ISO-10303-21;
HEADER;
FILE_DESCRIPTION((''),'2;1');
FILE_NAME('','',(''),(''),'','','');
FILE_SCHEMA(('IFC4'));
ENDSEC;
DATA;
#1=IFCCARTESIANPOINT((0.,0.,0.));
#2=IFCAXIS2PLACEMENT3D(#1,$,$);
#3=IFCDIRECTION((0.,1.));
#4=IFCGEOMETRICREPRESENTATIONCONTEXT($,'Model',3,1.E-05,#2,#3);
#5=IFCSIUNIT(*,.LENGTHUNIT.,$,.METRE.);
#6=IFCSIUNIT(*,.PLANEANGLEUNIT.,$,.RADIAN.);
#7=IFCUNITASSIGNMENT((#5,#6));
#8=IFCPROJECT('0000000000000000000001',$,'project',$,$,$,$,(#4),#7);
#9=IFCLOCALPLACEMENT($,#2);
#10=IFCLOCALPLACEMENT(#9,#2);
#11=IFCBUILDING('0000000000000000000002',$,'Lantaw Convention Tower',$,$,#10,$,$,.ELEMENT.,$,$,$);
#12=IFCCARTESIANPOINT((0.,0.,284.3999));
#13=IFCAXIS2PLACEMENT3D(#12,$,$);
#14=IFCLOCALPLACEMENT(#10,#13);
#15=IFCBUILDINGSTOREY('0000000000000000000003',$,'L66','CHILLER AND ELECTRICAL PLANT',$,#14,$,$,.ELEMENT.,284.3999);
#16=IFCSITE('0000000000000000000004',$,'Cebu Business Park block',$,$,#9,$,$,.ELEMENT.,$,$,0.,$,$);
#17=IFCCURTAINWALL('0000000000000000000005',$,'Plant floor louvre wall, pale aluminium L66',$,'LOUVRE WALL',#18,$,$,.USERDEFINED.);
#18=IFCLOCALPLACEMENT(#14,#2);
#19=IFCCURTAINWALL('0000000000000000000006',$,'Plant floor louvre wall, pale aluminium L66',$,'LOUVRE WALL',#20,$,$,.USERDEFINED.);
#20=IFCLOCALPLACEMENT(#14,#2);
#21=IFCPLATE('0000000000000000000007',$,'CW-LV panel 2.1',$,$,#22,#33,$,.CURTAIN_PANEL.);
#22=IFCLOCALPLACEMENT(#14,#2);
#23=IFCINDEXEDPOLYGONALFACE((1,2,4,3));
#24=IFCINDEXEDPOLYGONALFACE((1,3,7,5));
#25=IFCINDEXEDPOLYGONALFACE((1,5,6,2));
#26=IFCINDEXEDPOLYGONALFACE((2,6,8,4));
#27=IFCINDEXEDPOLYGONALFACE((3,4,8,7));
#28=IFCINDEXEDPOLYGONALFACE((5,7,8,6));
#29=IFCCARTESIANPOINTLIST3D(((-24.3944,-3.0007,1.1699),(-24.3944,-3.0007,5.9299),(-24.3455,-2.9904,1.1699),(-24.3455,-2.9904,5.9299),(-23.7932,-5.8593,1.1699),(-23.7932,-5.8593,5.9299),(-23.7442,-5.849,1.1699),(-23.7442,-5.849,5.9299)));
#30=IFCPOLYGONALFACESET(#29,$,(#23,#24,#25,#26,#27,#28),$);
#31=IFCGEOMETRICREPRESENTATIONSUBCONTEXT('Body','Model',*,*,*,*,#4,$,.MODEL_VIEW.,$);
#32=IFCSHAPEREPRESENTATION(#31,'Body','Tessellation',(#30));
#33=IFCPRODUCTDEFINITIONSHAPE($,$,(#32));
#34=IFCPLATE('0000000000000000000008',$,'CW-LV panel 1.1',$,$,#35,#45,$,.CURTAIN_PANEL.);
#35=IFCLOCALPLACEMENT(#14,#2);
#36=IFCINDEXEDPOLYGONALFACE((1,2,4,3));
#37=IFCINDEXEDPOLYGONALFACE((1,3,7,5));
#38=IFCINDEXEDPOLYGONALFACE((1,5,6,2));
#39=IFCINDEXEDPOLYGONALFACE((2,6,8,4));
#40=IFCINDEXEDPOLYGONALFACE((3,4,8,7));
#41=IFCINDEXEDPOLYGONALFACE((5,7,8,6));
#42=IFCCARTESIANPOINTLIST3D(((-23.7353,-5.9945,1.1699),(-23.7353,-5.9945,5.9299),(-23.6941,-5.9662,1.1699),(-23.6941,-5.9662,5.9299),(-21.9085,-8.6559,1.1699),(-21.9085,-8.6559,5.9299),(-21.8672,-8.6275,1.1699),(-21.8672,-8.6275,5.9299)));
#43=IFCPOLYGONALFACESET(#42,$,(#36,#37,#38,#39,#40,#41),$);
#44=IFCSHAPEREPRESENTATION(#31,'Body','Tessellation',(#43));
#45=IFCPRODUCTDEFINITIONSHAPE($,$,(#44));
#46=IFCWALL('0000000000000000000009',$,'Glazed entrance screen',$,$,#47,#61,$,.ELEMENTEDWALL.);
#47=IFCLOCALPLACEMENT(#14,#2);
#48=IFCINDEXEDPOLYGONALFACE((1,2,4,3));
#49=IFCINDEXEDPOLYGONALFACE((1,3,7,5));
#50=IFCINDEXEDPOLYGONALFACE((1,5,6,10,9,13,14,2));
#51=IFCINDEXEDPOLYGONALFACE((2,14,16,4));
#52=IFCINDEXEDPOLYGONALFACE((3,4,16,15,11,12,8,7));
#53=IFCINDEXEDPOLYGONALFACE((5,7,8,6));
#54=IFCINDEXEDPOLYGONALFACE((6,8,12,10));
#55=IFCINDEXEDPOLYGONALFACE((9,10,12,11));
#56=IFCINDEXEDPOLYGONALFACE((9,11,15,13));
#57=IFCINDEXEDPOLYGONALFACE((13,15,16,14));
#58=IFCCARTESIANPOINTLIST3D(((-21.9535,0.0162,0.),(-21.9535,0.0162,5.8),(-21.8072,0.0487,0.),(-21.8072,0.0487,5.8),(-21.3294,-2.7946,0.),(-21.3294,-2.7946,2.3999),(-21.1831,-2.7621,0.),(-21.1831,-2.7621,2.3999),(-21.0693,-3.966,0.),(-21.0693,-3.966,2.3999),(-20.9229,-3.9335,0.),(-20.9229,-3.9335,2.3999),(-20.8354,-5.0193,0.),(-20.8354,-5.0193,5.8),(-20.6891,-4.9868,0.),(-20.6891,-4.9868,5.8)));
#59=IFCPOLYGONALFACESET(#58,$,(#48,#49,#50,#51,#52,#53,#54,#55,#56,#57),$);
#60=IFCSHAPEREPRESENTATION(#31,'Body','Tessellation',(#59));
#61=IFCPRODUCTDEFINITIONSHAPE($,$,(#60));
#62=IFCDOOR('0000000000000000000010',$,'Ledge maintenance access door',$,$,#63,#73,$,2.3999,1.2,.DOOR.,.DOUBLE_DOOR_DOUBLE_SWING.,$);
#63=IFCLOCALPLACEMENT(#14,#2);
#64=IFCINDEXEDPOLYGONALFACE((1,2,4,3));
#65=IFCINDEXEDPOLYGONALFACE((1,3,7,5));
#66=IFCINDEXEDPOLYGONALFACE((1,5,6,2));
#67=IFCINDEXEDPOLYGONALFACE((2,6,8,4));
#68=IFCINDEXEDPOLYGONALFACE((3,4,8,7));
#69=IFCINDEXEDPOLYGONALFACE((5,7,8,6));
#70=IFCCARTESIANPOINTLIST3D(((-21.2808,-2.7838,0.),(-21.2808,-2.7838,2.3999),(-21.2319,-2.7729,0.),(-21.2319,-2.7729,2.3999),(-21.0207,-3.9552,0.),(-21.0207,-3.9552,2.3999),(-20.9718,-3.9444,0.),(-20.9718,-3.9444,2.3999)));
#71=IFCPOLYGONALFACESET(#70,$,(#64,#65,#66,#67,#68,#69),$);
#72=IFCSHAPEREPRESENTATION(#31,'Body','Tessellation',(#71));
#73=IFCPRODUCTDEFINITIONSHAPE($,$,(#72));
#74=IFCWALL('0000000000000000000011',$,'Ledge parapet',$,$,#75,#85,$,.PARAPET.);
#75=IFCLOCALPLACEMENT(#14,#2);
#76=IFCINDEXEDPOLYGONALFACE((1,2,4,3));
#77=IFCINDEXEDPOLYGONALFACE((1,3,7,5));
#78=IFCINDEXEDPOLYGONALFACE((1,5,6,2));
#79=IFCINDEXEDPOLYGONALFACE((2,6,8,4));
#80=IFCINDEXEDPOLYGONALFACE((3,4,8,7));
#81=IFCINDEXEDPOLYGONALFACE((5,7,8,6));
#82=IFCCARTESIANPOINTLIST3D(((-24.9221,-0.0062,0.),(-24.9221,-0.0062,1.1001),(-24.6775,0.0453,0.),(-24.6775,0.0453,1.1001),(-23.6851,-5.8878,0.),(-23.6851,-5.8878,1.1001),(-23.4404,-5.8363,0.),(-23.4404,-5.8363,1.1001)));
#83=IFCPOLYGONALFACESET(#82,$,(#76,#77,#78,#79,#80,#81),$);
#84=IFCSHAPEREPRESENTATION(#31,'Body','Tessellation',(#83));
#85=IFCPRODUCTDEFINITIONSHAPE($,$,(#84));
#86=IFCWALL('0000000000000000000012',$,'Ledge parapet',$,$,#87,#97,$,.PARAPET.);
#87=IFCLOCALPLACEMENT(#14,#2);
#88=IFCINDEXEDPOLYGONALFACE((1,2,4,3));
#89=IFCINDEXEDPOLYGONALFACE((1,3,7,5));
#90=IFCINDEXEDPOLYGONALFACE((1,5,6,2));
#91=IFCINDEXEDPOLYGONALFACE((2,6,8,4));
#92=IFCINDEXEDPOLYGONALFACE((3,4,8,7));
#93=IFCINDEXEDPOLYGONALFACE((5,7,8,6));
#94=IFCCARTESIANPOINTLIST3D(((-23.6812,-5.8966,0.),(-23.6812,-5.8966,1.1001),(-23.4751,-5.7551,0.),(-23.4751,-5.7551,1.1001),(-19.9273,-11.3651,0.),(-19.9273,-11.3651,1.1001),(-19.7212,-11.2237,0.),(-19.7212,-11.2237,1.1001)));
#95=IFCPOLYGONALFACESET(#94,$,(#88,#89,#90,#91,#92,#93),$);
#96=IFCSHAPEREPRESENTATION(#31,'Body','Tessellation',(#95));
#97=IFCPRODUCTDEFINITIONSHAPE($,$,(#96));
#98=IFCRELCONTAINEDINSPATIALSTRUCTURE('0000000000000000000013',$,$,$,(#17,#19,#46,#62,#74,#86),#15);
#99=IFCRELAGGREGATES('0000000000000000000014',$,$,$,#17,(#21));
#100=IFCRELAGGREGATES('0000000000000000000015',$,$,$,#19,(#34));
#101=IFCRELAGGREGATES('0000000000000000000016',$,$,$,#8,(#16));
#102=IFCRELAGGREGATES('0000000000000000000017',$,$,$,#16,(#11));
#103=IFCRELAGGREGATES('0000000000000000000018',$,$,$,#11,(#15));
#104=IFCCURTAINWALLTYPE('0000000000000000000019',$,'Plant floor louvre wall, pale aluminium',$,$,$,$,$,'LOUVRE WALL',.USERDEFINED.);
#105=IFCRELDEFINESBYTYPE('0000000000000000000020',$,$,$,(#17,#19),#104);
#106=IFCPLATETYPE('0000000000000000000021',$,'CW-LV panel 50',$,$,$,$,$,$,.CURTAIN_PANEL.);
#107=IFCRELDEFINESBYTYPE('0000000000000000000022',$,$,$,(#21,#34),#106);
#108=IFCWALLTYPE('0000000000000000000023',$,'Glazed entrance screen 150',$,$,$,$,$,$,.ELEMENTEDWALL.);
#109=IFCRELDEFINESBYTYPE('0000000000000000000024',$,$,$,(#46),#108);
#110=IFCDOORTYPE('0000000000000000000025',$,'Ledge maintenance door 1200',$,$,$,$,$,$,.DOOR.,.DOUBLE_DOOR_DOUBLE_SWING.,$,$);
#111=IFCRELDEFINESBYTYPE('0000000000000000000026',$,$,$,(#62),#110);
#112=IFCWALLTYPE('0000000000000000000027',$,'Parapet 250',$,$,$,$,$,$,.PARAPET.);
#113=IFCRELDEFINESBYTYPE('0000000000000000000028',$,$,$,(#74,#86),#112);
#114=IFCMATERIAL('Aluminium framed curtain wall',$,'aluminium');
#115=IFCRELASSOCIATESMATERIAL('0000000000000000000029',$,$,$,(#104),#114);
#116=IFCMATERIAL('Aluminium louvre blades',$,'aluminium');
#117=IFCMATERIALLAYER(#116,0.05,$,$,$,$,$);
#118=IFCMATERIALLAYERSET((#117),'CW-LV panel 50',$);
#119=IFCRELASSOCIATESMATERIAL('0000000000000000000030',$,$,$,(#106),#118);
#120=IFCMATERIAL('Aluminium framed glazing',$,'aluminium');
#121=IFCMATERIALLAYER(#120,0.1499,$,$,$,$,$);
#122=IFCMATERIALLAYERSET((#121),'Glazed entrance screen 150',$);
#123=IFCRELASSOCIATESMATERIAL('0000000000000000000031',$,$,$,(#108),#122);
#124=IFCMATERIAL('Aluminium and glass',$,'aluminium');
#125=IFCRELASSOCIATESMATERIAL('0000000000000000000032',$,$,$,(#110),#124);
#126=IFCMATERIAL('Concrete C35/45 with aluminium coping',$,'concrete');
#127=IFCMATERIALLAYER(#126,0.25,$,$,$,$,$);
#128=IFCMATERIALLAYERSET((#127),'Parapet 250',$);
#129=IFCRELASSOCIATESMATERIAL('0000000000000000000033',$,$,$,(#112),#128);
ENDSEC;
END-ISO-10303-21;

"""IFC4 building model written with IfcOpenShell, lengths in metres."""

from ifc_helpers import new_model, si_unit, direction, frame, frame_2d, origin, origin_2d, place, context, subcontext, project, spatial, rectangle, extrude, material, layer, layer_set, type_object, element, fill, aggregate, save


model = new_model("IFC4")

# Units and contexts
model_context = context("Model", 3, precision=1e-05, world=origin(), true_north=direction((0.0, 1.0)))
body_context = subcontext(model_context, "Body", "Model", "MODEL_VIEW")
ifc_project = project(units=[si_unit("LENGTHUNIT", "METRE"), si_unit("PLANEANGLEUNIT", "RADIAN")], contexts=[model_context])

# Site, building, storey
site_placement = place(None, origin())
site = spatial("IfcSite", under=ifc_project, at=site_placement, Name="Cebu Business Park block", CompositionType="ELEMENT", RefElevation=0.0)
building_placement = place(site_placement, origin())
building = spatial("IfcBuilding", under=site, at=building_placement, Name="Lantaw Convention Tower", CompositionType="ELEMENT")
storey_placement = place(building_placement, frame((0.0, 0.0, 284.3999)))
storey = spatial("IfcBuildingStorey", under=building, at=storey_placement, Name="L66", Description="CHILLER AND ELECTRICAL PLANT", CompositionType="ELEMENT", Elevation=284.3999)

# Curtain wall
ifc_material_1 = material(Name="Aluminium framed curtain wall", Category="aluminium")
curtain_wall_type = type_object("IfcCurtainWallType", Name="Plant floor louvre wall, pale aluminium", ElementType="LOUVRE WALL", PredefinedType="USERDEFINED", material=ifc_material_1)
curtain_wall_1_placement = place(storey_placement, origin())
curtain_wall_1 = element("IfcCurtainWall", 1, at=curtain_wall_1_placement, inside=storey, type_object=curtain_wall_type, Name="Plant floor louvre wall, pale aluminium L66", ObjectType="LOUVRE WALL", PredefinedType="USERDEFINED")

# Curtain wall
curtain_wall_2_placement = place(storey_placement, origin())
curtain_wall_2 = element("IfcCurtainWall", 2, at=curtain_wall_2_placement, inside=storey, type_object=curtain_wall_type, Name="Plant floor louvre wall, pale aluminium L66", ObjectType="LOUVRE WALL", PredefinedType="USERDEFINED")

# Plates
ifc_material_2 = material(Name="Aluminium louvre blades", Category="aluminium")
ifc_layer_1 = layer(ifc_material_2, 0.05)
ifc_layer_set_1 = layer_set([ifc_layer_1], Name="CW-LV panel 50")
plate_type = type_object("IfcPlateType", Name="CW-LV panel 50", PredefinedType="CURTAIN_PANEL", material=ifc_layer_set_1)
plate_1_placement = place(storey_placement, frame((-24.0693, -4.4248, 1.1699), z_axis=(0.0, 0.0, 1.0), x_axis=(0.205814, -0.978591, 0.0)))
plate_1 = element("IfcPlate", 3, at=plate_1_placement, type_object=plate_type, Name="CW-LV panel 2.1", PredefinedType="CURTAIN_PANEL", context=body_context, shape_type="SweptSolid", body=[
    extrude(rectangle(XDim=2.9211, YDim=0.05, at=origin_2d()), origin(), (0.0, 0.0, 1.0), 4.76),
])
aggregate(curtain_wall_1, [plate_1])
plate_2_placement = place(storey_placement, frame((-22.8013, -7.311, 1.1699), z_axis=(0.0, 0.0, 1.0), x_axis=(0.565935, -0.82445, 0.0)))
plate_2 = element("IfcPlate", 4, at=plate_2_placement, type_object=plate_type, Name="CW-LV panel 1.1", PredefinedType="CURTAIN_PANEL", context=body_context, shape_type="SweptSolid", body=[
    extrude(rectangle(XDim=3.228, YDim=0.05, at=origin_2d()), origin(), (0.0, 0.0, 1.0), 4.76),
])
aggregate(curtain_wall_2, [plate_2])

# Wall, opening, door
ifc_material_3 = material(Name="Aluminium framed glazing", Category="aluminium")
ifc_layer_2 = layer(ifc_material_3, 0.1499)
ifc_layer_set_2 = layer_set([ifc_layer_2], Name="Glazed entrance screen 150")
wall_type_1 = type_object("IfcWallType", Name="Glazed entrance screen 150", PredefinedType="ELEMENTEDWALL", material=ifc_layer_set_2)
wall_1_placement = place(storey_placement, frame((-21.8804, 0.0325, 0.0), z_axis=(0.0, 0.0, 1.0), x_axis=(0.21677, -0.976223, 0.0)))
wall_1 = element("IfcWall", 5, at=wall_1_placement, inside=storey, type_object=wall_type_1, Name="Glazed entrance screen", PredefinedType="ELEMENTEDWALL", context=body_context, shape_type="SweptSolid", body=[
    extrude(rectangle(XDim=5.1582, YDim=0.1499, at=frame_2d((2.5791, 0.0))), origin(), (0.0, 0.0, 1.0), 5.8),
])
opening_placement = place(wall_1_placement, frame((2.8792, 0.0, 0.0)))
opening = element("IfcOpeningElement", 6, at=opening_placement, cuts=wall_1, PredefinedType="OPENING", context=body_context, shape_type="SweptSolid", body=[
    extrude(rectangle(XDim=1.2, YDim=2.3999, at=frame_2d((0.6001, 1.2))), frame((0.0, 0.085, 0.0), z_axis=(0.0, -1.0, 0.0), x_axis=(1.0, 0.0, 0.0)), (0.0, 0.0, 1.0), 0.1699),
])
ifc_material_4 = material(Name="Aluminium and glass", Category="aluminium")
door_type = type_object("IfcDoorType", Name="Ledge maintenance door 1200", OperationType="DOUBLE_DOOR_DOUBLE_SWING", PredefinedType="DOOR", material=ifc_material_4)
door_placement = place(opening_placement, origin())
door = element("IfcDoor", 7, at=door_placement, inside=storey, type_object=door_type, Name="Ledge maintenance access door", OperationType="DOUBLE_DOOR_DOUBLE_SWING", OverallHeight=2.3999, OverallWidth=1.2, PredefinedType="DOOR", context=body_context, shape_type="SweptSolid", body=[
    extrude(rectangle(XDim=1.2, YDim=2.3999, at=frame_2d((0.6001, 1.2))), frame((0.0, 0.0249, 0.0), z_axis=(0.0, -1.0, 0.0), x_axis=(1.0, 0.0, 0.0)), (0.0, 0.0, 1.0), 0.05),
])
fill(opening, door)

# Walls
ifc_material_5 = material(Name="Concrete C35/45 with aluminium coping", Category="concrete")
ifc_layer_3 = layer(ifc_material_5, 0.25)
ifc_layer_set_3 = layer_set([ifc_layer_3], Name="Parapet 250")
wall_type_2 = type_object("IfcWallType", Name="Parapet 250", PredefinedType="PARAPET", material=ifc_layer_set_3)
wall_2_placement = place(storey_placement, frame((-24.7998, 0.0195, 0.0), z_axis=(0.0, 0.0, 1.0), x_axis=(0.205824, -0.978589, 0.0)))
element("IfcWall", 8, at=wall_2_placement, inside=storey, type_object=wall_type_2, Name="Ledge parapet", PredefinedType="PARAPET", context=body_context, shape_type="SweptSolid", body=[
    extrude(rectangle(XDim=6.0103, YDim=0.25, at=frame_2d((3.0051, 0.0))), origin(), (0.0, 0.0, 1.0), 1.1001),
])
wall_3_placement = place(storey_placement, frame((-23.5781, -5.8259, 0.0), z_axis=(0.0, 0.0, 1.0), x_axis=(0.565946, -0.824442, 0.0)))
element("IfcWall", 9, at=wall_3_placement, inside=storey, type_object=wall_type_2, Name="Ledge parapet", PredefinedType="PARAPET", context=body_context, shape_type="SweptSolid", body=[
    extrude(rectangle(XDim=6.6331, YDim=0.25, at=frame_2d((3.3164, 0.0))), origin(), (0.0, 0.0, 1.0), 1.1001),
])

save(model, "model.ifc")
